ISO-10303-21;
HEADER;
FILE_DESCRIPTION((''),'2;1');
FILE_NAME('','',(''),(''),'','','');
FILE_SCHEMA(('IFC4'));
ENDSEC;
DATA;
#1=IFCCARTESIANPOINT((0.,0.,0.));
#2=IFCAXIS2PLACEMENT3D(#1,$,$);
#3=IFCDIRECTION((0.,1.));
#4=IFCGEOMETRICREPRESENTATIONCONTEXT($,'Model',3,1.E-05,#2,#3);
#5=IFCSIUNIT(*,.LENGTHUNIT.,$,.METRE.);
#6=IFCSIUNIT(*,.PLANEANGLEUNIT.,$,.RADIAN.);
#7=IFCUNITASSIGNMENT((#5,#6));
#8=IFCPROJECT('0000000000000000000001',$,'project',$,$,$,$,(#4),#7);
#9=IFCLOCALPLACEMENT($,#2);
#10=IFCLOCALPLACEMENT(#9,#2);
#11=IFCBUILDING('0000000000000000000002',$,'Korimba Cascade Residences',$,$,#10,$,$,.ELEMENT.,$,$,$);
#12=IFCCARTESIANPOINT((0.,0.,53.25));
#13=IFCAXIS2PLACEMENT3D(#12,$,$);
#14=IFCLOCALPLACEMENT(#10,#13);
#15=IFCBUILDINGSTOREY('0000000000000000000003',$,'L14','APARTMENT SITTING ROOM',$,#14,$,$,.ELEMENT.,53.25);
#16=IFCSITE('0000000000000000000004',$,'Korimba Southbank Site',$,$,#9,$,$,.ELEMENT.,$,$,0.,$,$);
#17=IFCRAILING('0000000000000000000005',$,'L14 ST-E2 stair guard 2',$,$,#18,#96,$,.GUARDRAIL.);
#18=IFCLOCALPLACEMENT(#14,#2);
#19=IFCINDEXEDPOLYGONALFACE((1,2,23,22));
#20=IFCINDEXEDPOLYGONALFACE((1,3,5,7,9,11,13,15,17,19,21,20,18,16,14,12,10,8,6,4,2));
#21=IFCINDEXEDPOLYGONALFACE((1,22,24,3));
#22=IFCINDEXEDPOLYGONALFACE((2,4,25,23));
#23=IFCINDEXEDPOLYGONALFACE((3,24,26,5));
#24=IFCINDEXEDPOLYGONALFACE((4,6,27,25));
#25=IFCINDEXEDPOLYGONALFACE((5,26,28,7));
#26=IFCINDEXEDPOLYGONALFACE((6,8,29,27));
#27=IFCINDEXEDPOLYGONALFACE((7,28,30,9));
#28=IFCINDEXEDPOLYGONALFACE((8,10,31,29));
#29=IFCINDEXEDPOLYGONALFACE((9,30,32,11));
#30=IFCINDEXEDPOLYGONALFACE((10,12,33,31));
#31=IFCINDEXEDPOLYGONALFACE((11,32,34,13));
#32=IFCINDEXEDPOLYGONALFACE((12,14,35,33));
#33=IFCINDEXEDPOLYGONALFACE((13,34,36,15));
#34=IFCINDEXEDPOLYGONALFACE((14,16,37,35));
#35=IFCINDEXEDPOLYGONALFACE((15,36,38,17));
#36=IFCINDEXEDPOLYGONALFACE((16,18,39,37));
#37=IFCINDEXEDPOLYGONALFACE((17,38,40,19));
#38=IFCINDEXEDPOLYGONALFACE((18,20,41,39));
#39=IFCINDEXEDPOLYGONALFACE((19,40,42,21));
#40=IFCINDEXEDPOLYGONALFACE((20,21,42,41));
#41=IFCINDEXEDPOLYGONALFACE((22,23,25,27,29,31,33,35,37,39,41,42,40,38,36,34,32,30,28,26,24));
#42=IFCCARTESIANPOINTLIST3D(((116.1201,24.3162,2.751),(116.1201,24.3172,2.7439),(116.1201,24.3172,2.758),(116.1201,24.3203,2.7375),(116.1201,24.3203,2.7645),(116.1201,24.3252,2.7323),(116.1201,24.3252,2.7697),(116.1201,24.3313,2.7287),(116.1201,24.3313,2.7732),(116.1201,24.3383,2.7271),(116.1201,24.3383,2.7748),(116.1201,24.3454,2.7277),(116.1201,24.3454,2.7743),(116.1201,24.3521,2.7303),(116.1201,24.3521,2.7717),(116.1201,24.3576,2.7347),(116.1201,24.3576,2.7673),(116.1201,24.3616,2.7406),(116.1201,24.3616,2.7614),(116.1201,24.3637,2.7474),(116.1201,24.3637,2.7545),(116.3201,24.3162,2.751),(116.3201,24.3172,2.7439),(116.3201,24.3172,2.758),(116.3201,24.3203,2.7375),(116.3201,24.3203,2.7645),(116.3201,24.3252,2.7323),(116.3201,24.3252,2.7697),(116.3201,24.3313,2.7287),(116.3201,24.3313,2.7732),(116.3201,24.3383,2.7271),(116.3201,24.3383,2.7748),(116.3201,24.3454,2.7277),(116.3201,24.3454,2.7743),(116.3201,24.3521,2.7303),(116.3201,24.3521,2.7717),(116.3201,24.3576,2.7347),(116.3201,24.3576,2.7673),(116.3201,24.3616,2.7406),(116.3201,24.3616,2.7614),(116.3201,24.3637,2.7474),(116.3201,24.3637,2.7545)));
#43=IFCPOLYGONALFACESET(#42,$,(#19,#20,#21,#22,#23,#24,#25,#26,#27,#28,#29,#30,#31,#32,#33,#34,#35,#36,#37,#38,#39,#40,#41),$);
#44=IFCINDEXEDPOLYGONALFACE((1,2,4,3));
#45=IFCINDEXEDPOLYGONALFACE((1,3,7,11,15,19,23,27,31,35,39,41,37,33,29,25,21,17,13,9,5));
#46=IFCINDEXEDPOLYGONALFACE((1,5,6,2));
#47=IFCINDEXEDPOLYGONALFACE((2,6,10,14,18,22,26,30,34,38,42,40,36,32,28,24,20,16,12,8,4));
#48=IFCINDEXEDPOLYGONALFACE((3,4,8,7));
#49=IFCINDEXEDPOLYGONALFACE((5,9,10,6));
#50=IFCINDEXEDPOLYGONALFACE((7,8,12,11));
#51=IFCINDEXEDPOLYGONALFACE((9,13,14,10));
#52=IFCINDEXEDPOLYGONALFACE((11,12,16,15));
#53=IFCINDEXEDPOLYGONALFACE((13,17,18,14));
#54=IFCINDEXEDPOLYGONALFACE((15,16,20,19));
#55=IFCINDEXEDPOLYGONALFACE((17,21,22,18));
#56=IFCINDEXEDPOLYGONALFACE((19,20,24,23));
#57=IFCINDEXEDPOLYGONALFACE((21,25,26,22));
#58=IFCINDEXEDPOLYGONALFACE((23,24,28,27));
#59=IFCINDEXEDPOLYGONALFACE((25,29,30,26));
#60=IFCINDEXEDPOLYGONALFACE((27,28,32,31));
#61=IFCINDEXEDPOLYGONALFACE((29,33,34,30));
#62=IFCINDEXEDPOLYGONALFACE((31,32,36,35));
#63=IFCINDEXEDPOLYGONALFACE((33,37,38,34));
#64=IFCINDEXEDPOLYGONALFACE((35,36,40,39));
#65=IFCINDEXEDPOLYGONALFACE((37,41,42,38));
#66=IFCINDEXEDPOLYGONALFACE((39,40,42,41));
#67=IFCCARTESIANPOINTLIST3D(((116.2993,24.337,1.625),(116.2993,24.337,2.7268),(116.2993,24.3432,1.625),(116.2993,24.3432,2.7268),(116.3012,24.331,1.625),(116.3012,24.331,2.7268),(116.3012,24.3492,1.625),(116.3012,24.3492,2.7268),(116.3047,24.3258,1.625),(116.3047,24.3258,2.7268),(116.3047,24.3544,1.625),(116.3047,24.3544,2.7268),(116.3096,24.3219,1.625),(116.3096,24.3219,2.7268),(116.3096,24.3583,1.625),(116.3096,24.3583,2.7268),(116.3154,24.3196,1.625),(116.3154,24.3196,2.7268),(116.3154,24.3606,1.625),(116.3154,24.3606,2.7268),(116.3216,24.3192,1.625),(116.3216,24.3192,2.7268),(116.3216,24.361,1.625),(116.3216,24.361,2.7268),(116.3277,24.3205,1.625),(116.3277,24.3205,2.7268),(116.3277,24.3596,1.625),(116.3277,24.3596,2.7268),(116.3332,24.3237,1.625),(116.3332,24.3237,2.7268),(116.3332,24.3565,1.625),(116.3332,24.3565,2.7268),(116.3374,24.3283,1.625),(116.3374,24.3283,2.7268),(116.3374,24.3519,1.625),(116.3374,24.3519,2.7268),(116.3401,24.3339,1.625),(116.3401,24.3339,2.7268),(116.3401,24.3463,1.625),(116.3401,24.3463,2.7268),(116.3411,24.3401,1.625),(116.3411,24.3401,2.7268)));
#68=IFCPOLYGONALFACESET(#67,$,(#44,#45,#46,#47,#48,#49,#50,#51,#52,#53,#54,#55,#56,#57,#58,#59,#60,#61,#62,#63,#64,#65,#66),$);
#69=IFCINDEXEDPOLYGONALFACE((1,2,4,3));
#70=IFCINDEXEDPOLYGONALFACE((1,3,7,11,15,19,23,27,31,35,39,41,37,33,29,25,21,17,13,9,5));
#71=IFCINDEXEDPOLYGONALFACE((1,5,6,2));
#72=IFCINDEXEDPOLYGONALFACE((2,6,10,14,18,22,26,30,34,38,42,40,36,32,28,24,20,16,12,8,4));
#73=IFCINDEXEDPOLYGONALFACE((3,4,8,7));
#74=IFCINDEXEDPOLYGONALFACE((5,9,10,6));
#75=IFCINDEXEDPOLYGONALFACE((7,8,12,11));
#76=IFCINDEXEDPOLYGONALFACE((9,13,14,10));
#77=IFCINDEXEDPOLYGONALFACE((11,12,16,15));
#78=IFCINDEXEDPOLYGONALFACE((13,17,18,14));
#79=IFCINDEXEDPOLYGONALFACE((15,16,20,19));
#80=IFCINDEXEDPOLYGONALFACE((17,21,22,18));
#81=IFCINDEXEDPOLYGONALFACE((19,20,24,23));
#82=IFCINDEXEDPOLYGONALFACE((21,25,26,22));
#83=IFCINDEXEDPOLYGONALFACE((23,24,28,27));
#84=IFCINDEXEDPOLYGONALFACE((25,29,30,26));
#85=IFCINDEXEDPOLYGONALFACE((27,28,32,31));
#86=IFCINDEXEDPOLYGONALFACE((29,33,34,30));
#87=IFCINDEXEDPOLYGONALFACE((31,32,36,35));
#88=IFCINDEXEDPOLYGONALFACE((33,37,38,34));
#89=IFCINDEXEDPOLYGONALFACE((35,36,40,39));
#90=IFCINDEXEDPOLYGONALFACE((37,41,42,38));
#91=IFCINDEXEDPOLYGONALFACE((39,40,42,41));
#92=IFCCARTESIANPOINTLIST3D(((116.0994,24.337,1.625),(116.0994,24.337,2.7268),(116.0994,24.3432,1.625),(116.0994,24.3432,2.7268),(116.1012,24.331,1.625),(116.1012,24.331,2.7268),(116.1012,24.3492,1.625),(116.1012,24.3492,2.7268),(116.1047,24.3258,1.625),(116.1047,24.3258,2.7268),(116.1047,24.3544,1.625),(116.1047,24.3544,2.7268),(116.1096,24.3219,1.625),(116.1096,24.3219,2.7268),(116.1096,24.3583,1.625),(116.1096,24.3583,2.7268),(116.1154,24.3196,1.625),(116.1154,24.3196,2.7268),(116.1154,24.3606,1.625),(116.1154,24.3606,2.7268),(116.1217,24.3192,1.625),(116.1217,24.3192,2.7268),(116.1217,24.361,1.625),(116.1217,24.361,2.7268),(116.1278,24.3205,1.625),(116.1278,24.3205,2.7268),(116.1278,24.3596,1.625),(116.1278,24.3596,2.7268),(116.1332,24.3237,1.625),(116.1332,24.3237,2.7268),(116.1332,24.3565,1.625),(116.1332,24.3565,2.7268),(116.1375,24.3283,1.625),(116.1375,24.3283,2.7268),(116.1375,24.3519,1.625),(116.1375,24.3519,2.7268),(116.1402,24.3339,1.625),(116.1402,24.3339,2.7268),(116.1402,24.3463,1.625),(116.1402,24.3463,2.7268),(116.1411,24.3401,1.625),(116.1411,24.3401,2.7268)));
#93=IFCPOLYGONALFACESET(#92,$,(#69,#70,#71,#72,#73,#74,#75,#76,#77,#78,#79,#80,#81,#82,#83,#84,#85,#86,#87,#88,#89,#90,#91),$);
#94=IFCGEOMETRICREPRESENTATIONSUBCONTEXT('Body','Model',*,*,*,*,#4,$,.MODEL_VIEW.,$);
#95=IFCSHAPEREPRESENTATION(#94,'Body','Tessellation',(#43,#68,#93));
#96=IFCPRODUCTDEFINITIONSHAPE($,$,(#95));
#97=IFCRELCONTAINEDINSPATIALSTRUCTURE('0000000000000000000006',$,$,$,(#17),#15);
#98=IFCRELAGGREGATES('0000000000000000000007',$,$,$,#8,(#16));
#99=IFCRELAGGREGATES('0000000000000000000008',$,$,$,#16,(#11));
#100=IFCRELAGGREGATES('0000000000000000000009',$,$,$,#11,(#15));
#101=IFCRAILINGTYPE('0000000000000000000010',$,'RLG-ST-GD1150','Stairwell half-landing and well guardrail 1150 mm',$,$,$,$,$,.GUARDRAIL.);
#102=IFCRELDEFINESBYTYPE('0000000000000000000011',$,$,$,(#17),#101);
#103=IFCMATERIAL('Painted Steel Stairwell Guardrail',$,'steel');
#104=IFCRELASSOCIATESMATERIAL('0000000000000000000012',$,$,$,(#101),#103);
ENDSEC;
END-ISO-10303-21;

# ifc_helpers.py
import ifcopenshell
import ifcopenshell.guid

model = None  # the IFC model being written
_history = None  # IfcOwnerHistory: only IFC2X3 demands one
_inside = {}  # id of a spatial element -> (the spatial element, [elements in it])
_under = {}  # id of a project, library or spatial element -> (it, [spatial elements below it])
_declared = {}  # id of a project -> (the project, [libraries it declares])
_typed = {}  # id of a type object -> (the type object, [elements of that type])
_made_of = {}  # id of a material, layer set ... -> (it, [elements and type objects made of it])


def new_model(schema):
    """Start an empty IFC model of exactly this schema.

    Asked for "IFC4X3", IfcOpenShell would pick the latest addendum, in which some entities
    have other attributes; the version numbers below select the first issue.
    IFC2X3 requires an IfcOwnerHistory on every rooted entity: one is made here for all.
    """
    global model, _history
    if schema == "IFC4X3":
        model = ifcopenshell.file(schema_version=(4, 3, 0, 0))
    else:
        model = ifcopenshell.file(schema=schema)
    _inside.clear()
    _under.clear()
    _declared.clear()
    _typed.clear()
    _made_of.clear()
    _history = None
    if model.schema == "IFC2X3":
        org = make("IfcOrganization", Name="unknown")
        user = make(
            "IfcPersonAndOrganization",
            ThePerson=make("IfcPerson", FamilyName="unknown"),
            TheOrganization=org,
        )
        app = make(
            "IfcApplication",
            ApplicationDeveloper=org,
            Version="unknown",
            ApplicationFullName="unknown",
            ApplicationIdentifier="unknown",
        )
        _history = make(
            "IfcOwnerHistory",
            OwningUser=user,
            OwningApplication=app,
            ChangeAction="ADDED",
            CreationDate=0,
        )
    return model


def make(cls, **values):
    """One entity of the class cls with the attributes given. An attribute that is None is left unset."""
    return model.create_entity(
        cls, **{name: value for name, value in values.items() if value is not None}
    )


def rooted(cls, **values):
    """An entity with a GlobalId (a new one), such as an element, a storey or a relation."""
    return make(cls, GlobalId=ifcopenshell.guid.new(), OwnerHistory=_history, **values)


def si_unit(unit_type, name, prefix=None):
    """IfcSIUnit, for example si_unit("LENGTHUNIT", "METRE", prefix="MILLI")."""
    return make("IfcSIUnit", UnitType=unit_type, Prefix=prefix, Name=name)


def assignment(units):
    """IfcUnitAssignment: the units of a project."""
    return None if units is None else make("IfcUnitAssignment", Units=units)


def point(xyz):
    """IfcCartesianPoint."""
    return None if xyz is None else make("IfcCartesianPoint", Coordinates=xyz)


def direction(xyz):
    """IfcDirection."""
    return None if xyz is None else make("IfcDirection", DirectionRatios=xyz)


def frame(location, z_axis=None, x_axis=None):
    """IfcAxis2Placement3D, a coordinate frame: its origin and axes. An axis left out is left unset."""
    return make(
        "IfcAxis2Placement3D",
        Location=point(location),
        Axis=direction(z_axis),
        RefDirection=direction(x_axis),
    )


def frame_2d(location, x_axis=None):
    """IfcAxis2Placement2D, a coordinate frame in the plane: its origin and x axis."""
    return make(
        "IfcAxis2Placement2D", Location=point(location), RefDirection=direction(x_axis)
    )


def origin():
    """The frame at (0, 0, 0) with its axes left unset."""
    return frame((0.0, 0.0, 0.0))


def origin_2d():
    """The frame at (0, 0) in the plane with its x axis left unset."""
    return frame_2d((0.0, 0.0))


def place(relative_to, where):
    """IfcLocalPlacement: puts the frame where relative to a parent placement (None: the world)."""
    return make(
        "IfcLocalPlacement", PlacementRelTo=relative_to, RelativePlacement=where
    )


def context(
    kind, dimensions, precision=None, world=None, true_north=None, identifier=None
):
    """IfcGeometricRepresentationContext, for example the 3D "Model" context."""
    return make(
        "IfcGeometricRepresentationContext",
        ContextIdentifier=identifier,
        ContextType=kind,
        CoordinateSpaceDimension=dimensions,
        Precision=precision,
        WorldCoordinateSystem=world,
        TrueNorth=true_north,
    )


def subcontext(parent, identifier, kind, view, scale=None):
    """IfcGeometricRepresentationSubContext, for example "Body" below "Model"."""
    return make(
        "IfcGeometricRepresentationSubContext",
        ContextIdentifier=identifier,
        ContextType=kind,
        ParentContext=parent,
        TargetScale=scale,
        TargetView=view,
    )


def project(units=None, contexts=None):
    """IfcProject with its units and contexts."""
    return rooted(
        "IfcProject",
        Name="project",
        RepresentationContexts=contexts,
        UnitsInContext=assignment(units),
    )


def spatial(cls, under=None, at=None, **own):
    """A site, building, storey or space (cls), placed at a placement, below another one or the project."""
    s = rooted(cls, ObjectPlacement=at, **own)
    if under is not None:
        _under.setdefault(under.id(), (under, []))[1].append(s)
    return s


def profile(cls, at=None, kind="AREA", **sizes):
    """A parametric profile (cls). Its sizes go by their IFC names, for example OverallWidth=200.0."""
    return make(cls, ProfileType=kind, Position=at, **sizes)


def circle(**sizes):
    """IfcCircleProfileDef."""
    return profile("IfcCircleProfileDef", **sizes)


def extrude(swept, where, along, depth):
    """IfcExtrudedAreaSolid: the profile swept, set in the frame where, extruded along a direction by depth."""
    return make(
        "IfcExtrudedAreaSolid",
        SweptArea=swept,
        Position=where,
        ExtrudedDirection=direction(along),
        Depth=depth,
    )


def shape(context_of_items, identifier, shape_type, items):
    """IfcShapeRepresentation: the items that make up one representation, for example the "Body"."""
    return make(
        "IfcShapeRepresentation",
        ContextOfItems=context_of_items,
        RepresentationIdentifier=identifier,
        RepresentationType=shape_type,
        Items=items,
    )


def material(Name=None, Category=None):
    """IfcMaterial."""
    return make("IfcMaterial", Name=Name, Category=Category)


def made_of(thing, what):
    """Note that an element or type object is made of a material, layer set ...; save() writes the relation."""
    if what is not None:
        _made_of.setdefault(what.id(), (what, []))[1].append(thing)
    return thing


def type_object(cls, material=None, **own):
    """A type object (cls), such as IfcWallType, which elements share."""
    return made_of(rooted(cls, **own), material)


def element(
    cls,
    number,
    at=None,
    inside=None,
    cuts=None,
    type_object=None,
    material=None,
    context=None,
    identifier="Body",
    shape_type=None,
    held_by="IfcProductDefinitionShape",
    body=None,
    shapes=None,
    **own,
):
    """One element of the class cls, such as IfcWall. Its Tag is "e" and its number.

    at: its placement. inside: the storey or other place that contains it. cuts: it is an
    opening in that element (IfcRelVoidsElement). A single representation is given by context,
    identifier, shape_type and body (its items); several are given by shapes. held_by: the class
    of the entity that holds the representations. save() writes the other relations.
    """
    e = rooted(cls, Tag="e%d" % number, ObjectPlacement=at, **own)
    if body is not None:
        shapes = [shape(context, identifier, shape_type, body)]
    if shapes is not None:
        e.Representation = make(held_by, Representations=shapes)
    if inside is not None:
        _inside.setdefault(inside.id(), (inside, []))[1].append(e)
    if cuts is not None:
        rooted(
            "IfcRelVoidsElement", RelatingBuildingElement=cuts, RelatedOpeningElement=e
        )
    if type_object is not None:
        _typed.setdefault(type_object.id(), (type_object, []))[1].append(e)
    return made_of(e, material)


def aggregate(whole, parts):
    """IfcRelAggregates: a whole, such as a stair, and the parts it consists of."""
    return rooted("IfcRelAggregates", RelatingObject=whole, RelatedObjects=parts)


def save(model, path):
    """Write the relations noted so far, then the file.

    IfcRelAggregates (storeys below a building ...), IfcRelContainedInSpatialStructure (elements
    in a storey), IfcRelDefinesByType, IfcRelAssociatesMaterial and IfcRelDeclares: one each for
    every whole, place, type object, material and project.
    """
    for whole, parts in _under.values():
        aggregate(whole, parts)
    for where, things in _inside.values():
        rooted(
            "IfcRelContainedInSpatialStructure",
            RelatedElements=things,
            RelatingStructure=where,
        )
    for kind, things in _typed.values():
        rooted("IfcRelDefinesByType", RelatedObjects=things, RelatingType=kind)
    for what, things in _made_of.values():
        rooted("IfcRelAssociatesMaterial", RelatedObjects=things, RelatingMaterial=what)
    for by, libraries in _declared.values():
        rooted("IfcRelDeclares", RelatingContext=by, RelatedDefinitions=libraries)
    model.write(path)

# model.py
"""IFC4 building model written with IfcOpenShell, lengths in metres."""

from ifc_helpers import new_model, si_unit, direction, frame, origin, origin_2d, place, context, subcontext, project, spatial, circle, extrude, material, type_object, element, save


model = new_model("IFC4")

# Units and contexts
model_context = context("Model", 3, precision=1e-05, world=origin(), true_north=direction((0.0, 1.0)))
body_context = subcontext(model_context, "Body", "Model", "MODEL_VIEW")
ifc_project = project(units=[si_unit("LENGTHUNIT", "METRE"), si_unit("PLANEANGLEUNIT", "RADIAN")], contexts=[model_context])

# Site, building, storey
site_placement = place(None, origin())
site = spatial("IfcSite", under=ifc_project, at=site_placement, Name="Korimba Southbank Site", CompositionType="ELEMENT", RefElevation=0.0)
building_placement = place(site_placement, origin())
building = spatial("IfcBuilding", under=site, at=building_placement, Name="Korimba Cascade Residences", CompositionType="ELEMENT")
storey_placement = place(building_placement, frame((0.0, 0.0, 53.25)))
storey = spatial("IfcBuildingStorey", under=building, at=storey_placement, Name="L14", Description="APARTMENT SITTING ROOM", CompositionType="ELEMENT", Elevation=53.25)

# Railing
ifc_material_1 = material(Name="Painted Steel Stairwell Guardrail", Category="steel")
railing_type_1 = type_object("IfcRailingType", Name="RLG-ST-GD1150", Description="Stairwell half-landing and well guardrail 1150 mm", PredefinedType="GUARDRAIL", material=ifc_material_1)
railing_1_placement = place(storey_placement, frame((116.3201, 24.3401, 1.625)))
element("IfcRailing", 1, at=railing_1_placement, inside=storey, type_object=railing_type_1, Name="L14 ST-E2 stair guard 2", PredefinedType="GUARDRAIL", context=body_context, shape_type="SweptSolid", body=[
    extrude(circle(Radius=0.0239, at=origin_2d()), frame((0.0, 0.0, 1.126), z_axis=(-1.0, 0.0, 0.0), x_axis=(0.0, -1.0, 0.0)), (0.0, 0.0, 1.0), 0.2),
    extrude(circle(Radius=0.021, at=origin_2d()), origin(), (0.0, 0.0, 1.0), 1.1018),
    extrude(circle(Radius=0.021, at=origin_2d()), frame((-0.2, 0.0, 0.0)), (0.0, 0.0, 1.0), 1.1018),
])

save(model, "model.ifc")
